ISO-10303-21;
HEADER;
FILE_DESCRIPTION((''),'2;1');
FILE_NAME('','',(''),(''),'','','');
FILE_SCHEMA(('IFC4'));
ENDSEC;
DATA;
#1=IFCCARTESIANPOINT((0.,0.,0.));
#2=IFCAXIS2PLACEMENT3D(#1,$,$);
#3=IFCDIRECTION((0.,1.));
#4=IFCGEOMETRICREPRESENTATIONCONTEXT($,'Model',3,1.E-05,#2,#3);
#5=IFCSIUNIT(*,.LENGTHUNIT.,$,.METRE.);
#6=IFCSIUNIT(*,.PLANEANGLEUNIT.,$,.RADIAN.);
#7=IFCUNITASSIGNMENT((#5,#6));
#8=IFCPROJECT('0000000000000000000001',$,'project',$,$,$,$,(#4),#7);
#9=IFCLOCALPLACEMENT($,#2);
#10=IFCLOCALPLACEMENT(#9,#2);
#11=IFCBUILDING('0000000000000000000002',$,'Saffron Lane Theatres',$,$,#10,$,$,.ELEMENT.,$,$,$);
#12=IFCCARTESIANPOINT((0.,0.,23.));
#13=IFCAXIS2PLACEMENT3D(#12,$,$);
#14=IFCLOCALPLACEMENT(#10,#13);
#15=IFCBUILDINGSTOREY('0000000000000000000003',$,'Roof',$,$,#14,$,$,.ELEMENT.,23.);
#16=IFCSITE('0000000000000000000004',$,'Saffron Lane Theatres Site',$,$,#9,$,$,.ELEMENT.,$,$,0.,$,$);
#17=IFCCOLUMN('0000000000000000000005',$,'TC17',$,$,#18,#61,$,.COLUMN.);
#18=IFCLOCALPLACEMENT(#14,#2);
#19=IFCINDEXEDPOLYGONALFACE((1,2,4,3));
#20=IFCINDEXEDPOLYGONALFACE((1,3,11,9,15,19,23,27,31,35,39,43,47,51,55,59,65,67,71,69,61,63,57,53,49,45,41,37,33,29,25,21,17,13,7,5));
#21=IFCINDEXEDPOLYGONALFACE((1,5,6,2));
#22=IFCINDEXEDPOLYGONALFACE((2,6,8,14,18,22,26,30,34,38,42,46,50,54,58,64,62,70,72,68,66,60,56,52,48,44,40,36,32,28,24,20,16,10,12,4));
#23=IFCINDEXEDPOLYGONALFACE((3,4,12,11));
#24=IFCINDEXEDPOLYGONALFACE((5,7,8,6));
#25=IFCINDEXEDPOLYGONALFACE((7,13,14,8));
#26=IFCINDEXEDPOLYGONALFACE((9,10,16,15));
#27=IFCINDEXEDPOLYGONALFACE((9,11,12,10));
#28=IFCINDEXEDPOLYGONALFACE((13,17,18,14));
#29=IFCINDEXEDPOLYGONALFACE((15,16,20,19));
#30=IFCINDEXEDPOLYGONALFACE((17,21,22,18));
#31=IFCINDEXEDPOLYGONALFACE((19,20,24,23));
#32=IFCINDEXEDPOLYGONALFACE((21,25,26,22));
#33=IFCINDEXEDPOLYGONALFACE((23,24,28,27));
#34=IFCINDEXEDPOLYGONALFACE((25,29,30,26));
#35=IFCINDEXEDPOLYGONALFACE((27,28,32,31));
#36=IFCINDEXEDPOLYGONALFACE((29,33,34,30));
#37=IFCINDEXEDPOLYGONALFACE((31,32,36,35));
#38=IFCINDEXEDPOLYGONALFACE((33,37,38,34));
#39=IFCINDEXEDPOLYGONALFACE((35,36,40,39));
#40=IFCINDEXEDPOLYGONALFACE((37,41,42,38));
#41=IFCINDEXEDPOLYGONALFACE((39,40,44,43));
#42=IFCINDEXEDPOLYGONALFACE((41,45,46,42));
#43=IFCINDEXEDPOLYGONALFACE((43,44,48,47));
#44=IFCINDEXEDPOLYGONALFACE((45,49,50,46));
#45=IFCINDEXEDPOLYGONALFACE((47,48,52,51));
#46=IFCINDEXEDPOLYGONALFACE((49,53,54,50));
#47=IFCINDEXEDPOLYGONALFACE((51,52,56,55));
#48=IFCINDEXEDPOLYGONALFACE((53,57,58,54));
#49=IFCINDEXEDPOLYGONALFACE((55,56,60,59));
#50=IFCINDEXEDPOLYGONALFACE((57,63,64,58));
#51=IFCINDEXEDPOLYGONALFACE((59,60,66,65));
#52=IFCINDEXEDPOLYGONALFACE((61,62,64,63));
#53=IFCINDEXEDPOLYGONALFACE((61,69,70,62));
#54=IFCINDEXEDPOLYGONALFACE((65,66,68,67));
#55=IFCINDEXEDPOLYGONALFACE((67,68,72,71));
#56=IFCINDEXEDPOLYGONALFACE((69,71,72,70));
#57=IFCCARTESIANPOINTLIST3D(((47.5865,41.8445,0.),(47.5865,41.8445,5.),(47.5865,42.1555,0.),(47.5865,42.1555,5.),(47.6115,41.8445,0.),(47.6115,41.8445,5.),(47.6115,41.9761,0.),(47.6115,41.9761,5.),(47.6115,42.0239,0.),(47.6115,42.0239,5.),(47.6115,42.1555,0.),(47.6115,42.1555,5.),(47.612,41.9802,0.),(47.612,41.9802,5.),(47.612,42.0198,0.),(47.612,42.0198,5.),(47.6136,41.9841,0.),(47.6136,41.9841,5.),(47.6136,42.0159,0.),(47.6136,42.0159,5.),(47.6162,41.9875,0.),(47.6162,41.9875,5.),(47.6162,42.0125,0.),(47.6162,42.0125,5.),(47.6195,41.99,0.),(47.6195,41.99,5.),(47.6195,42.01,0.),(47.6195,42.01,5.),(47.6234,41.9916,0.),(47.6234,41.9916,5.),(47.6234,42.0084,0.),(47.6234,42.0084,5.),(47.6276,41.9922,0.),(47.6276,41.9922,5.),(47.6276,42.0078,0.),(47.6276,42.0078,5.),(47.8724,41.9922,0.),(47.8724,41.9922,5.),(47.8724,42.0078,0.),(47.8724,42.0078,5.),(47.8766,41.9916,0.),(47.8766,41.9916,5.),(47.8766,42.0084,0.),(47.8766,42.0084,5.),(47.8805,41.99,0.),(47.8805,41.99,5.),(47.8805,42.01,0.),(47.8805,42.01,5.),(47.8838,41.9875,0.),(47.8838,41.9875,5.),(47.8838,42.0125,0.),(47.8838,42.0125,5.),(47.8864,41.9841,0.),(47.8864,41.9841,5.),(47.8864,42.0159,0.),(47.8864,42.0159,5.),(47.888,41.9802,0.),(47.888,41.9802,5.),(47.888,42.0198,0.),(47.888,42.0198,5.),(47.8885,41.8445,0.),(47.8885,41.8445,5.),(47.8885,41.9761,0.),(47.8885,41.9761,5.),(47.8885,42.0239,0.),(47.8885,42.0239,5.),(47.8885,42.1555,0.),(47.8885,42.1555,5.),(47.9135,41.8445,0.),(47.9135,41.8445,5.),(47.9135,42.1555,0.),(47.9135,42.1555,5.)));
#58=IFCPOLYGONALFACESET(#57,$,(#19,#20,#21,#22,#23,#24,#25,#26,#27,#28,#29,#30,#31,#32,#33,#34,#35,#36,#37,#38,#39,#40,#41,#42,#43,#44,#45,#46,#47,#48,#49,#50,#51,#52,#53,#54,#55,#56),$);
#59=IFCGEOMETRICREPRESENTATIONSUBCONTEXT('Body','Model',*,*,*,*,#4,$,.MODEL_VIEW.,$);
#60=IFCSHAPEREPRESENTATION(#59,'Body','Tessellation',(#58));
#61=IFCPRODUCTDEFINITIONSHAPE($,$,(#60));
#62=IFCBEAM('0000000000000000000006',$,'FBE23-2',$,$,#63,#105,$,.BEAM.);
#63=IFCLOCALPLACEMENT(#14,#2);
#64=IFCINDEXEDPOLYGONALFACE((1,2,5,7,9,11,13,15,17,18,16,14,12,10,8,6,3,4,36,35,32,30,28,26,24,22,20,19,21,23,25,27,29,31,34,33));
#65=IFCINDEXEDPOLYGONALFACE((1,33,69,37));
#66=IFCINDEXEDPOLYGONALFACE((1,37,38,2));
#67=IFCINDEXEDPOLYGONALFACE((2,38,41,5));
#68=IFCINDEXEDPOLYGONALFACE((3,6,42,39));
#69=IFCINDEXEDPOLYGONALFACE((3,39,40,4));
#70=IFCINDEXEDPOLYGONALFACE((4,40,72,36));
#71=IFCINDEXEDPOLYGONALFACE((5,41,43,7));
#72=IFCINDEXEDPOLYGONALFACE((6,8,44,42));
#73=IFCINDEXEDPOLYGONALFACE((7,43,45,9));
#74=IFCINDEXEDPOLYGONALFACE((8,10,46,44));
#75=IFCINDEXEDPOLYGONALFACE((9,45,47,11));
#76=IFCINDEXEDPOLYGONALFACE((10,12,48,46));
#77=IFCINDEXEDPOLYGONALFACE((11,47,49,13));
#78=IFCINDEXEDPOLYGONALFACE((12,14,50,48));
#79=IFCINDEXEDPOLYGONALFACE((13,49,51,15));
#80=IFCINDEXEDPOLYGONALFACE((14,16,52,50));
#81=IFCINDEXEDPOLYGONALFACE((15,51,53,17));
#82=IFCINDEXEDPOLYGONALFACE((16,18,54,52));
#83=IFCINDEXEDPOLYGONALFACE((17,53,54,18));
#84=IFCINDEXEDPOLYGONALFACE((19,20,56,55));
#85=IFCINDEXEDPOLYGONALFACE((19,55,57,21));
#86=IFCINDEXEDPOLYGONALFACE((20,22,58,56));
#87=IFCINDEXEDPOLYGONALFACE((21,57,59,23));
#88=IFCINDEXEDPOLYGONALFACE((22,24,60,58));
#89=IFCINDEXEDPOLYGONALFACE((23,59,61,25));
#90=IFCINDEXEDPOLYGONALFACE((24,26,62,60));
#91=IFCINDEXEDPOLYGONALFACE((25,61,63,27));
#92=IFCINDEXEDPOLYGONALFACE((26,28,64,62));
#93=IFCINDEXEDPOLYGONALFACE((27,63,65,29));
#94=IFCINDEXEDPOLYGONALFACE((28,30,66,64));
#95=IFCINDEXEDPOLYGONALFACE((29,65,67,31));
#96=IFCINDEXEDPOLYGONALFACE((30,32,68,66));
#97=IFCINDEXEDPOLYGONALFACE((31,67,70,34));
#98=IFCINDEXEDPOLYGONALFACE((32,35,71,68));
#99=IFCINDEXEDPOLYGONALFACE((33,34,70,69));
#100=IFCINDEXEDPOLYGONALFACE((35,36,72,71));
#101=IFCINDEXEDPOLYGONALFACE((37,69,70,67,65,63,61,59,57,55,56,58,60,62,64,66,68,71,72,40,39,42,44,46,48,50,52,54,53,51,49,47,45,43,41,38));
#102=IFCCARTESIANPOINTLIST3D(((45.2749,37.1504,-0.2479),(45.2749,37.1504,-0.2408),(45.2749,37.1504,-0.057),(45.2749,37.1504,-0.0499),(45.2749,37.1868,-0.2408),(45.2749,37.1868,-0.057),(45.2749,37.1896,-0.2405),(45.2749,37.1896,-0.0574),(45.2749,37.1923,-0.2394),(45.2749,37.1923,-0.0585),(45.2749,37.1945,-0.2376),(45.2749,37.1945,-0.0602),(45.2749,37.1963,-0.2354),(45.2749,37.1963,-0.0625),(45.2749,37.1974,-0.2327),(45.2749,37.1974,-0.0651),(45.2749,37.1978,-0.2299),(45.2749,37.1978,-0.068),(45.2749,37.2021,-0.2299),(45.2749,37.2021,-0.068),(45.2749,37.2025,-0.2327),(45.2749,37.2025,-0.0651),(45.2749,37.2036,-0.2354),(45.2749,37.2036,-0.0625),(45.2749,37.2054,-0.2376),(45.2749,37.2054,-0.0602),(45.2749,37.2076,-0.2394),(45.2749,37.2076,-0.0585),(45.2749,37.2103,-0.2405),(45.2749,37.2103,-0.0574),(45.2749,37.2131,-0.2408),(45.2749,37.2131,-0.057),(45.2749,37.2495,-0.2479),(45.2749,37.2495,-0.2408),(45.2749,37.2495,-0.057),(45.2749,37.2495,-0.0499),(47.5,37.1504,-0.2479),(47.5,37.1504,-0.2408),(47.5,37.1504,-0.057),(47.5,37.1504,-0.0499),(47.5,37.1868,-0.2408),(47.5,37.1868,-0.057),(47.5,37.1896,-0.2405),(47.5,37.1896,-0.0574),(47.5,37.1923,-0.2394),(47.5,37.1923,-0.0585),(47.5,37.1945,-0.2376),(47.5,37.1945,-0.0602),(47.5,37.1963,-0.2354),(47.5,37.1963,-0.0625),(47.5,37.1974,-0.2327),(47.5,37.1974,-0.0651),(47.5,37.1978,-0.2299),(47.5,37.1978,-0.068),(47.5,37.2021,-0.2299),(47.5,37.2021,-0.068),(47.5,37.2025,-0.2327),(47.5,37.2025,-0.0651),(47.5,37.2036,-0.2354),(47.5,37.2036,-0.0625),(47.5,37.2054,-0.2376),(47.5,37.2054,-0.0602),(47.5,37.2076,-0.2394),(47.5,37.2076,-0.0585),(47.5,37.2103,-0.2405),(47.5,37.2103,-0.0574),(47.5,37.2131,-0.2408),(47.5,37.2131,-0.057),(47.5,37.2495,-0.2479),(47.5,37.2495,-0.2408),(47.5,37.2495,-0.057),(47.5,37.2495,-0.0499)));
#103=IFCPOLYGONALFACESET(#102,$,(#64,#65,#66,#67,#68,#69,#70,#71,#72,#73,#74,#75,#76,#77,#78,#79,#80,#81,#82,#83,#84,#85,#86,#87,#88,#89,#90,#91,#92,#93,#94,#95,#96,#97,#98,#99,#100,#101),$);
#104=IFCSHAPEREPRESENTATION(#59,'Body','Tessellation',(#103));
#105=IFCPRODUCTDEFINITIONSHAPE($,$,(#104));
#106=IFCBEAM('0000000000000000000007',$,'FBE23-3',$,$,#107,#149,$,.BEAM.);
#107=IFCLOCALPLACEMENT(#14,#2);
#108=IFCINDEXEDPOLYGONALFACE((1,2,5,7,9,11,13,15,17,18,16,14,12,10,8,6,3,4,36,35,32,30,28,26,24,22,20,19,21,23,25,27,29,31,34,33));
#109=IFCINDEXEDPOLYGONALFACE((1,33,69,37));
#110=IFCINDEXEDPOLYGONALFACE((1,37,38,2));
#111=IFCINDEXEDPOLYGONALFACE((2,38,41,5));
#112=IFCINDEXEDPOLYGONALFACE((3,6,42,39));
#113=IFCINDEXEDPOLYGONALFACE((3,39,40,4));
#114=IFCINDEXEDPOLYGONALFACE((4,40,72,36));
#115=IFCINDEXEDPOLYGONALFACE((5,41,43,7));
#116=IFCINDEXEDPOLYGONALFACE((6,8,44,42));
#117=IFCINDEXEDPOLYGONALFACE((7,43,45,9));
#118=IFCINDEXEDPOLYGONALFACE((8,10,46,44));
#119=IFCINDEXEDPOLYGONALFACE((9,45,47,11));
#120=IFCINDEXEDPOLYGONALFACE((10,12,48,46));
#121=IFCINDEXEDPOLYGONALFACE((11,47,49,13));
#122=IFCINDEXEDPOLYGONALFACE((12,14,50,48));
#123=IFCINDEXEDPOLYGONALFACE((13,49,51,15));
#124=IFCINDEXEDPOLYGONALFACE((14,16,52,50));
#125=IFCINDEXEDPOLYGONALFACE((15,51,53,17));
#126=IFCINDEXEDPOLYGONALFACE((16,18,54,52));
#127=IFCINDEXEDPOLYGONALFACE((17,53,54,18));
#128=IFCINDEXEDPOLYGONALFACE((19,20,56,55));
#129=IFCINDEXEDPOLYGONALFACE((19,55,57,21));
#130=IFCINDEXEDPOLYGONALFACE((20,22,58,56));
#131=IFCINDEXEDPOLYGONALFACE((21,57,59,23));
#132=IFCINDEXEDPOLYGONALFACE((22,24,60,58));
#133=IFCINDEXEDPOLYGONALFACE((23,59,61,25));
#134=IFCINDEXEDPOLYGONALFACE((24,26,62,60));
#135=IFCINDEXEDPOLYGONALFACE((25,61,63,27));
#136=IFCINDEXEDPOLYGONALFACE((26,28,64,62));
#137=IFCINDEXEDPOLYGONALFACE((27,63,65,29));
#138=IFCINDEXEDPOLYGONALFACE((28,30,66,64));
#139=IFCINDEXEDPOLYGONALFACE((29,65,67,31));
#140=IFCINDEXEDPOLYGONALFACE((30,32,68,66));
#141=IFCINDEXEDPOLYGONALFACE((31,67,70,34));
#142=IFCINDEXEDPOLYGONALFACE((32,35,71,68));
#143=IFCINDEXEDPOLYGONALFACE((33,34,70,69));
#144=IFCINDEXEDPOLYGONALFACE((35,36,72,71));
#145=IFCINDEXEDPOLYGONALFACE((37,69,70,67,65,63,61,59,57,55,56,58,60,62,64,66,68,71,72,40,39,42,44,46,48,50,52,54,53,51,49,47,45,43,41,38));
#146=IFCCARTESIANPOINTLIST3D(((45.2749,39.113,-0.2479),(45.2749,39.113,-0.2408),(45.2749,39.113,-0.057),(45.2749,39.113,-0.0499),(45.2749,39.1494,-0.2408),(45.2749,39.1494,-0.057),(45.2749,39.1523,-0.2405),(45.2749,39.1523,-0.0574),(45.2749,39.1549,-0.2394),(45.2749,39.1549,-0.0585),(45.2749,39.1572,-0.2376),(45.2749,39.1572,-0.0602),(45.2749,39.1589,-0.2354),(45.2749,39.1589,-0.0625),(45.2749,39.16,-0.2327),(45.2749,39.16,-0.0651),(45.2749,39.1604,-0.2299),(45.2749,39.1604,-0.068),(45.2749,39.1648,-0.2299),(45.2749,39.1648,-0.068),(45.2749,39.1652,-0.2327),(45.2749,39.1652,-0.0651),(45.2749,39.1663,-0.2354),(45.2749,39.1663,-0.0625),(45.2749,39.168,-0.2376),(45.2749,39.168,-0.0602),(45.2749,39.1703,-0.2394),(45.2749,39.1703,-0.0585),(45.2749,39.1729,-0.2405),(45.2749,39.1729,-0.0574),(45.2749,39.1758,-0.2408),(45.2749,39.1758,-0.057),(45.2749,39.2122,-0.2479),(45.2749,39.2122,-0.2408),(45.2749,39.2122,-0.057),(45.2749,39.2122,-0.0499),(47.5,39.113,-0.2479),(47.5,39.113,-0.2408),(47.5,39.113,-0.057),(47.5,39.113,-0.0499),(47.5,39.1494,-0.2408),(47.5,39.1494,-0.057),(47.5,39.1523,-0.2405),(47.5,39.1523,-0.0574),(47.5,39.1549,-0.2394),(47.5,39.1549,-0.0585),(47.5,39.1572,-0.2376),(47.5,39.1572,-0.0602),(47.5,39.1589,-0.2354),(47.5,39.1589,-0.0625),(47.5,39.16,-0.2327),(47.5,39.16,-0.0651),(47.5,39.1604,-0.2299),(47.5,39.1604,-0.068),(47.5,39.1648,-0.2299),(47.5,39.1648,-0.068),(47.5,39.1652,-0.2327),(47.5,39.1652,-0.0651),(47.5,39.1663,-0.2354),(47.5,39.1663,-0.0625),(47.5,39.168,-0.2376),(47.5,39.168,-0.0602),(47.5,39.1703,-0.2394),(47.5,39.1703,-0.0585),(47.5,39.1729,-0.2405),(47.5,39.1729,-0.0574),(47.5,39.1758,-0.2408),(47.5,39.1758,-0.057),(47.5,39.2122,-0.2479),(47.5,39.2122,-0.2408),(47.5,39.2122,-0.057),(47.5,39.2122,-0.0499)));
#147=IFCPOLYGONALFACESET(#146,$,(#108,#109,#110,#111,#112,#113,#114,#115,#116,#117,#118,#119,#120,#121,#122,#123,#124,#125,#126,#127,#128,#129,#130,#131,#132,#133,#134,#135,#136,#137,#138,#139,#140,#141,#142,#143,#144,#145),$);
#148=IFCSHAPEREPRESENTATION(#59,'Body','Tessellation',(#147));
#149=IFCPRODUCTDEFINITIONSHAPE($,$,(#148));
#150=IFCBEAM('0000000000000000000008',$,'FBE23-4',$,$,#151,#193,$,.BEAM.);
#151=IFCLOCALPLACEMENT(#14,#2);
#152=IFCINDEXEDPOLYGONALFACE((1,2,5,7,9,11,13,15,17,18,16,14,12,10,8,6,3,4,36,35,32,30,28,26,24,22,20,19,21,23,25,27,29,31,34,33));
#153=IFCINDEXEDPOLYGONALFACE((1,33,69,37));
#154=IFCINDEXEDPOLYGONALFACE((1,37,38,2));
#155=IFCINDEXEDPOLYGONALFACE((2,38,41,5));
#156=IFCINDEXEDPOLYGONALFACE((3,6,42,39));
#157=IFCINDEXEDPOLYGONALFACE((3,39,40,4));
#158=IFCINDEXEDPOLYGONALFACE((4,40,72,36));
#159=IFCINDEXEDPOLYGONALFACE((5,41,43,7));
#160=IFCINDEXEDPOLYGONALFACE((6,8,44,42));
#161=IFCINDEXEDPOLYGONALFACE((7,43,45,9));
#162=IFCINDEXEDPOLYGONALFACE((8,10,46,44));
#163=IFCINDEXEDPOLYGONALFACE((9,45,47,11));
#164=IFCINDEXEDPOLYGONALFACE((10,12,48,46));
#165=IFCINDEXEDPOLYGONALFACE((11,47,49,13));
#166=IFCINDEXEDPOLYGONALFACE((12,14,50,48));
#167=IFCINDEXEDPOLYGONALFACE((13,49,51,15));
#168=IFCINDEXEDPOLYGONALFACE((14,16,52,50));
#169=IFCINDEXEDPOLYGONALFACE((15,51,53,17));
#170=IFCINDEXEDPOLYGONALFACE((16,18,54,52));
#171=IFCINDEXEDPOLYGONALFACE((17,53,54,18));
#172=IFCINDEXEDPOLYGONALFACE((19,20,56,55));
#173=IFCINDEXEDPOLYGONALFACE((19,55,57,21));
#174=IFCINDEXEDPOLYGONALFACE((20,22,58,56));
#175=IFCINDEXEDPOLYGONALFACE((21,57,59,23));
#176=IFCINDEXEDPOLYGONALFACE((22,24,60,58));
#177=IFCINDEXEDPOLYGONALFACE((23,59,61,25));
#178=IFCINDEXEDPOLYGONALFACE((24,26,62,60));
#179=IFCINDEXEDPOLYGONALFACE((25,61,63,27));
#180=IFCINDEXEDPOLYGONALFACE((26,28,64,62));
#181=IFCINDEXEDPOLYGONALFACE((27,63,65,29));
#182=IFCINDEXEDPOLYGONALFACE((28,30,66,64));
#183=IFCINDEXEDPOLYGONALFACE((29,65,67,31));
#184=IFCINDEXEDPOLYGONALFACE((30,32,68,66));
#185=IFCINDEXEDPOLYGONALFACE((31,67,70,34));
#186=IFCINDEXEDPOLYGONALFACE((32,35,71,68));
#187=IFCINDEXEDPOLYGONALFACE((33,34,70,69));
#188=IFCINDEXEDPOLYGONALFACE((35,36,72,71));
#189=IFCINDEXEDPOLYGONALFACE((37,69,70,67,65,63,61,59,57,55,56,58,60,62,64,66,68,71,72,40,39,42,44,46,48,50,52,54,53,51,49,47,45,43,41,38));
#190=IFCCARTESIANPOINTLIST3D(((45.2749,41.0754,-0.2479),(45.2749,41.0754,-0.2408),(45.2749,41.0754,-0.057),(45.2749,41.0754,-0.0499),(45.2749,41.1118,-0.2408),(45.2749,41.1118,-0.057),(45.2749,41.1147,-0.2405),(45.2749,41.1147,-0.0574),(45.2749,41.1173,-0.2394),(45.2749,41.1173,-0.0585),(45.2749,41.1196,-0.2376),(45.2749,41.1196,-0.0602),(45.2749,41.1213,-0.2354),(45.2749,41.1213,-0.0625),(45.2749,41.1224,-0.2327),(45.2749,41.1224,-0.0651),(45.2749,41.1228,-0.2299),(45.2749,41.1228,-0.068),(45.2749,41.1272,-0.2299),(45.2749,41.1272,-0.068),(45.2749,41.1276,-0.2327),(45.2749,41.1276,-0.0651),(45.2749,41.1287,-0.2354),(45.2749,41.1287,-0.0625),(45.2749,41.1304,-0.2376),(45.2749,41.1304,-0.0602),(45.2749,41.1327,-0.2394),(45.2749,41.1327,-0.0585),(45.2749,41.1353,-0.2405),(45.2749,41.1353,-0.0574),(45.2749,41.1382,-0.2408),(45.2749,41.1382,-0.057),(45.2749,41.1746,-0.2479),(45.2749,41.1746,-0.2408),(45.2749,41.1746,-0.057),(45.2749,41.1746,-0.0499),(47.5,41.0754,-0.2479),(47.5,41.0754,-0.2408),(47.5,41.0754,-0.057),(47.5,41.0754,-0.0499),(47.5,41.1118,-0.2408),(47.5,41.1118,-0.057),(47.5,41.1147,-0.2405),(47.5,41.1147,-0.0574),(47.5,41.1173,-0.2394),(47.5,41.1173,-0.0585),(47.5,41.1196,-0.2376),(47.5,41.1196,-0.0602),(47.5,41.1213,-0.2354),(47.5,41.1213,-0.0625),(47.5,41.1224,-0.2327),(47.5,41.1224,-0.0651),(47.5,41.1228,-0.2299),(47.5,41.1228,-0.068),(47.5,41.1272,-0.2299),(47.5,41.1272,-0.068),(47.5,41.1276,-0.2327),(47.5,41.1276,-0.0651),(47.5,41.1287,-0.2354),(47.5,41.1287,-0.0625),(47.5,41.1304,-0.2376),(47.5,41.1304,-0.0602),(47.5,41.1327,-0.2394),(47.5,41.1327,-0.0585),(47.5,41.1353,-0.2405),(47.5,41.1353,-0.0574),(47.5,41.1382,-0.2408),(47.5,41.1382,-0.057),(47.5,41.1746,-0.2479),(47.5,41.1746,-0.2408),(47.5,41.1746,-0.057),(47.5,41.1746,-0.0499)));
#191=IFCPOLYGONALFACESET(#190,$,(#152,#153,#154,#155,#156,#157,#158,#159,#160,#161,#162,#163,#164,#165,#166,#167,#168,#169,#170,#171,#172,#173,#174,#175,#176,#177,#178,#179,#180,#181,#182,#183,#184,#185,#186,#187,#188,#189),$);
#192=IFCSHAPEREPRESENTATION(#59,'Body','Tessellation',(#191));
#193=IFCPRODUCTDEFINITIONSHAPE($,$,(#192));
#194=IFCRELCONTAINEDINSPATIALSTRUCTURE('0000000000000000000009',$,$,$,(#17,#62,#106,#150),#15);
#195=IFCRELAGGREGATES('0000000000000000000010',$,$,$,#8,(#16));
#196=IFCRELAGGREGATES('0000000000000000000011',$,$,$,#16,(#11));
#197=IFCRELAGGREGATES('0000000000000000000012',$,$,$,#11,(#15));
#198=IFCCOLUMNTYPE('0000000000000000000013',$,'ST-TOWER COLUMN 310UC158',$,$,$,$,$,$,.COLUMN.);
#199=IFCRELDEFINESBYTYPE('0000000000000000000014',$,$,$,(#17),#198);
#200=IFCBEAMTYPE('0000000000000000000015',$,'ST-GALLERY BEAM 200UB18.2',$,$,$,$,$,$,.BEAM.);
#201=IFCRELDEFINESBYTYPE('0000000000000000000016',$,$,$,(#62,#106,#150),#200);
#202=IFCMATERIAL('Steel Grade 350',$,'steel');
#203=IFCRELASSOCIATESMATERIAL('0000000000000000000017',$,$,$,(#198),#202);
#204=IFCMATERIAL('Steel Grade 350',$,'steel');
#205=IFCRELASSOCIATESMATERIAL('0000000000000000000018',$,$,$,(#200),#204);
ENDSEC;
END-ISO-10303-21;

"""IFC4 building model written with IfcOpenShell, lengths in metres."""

from ifc_helpers import new_model, si_unit, direction, frame, origin, origin_2d, place, context, subcontext, project, spatial, i_section, extrude, material, material_profile, profile_set, type_object, element, save


model = new_model("IFC4")

# Units and contexts
model_context = context("Model", 3, precision=1e-05, world=origin(), true_north=direction((0.0, 1.0)))
body_context = subcontext(model_context, "Body", "Model", "MODEL_VIEW")
ifc_project = project(units=[si_unit("LENGTHUNIT", "METRE"), si_unit("PLANEANGLEUNIT", "RADIAN")], contexts=[model_context])

# Site, building, storey
site_placement = place(None, origin())
site = spatial("IfcSite", under=ifc_project, at=site_placement, Name="Saffron Lane Theatres Site", CompositionType="ELEMENT", RefElevation=0.0)
building_placement = place(site_placement, origin())
building = spatial("IfcBuilding", under=site, at=building_placement, Name="Saffron Lane Theatres", CompositionType="ELEMENT")
storey_placement = place(building_placement, frame((0.0, 0.0, 23.0)))
storey = spatial("IfcBuildingStorey", under=building, at=storey_placement, Name="Roof", CompositionType="ELEMENT", Elevation=23.0)

# Column
ifc_material_1 = material(Name="Steel Grade 350", Category="steel")
ifc_material_profile_1 = material_profile(ifc_material_1, i_section(OverallWidth=0.311, OverallDepth=0.3269, WebThickness=0.0156, FlangeThickness=0.0249, FilletRadius=0.0161, at=origin_2d()))
ifc_profile_set_1 = profile_set([ifc_material_profile_1], Name="Steel Grade 350")
column_type = type_object("IfcColumnType", Name="ST-TOWER COLUMN 310UC158", PredefinedType="COLUMN", material=ifc_profile_set_1)
column_placement = place(storey_placement, frame((47.75, 42.0, 0.0), z_axis=(0.0, 0.0, 1.0), x_axis=(0.0, 1.0, 0.0)))
element("IfcColumn", 1, at=column_placement, inside=storey, type_object=column_type, Name="TC17", PredefinedType="COLUMN", context=body_context, shape_type="SweptSolid", body=[
    extrude(i_section(OverallWidth=0.311, OverallDepth=0.3269, WebThickness=0.0156, FlangeThickness=0.0249, FilletRadius=0.0161, at=origin_2d()), origin(), (0.0, 0.0, 1.0), 5.0),
])

# Beams
ifc_material_2 = material(Name="Steel Grade 350", Category="steel")
ifc_material_profile_2 = material_profile(ifc_material_2, i_section(OverallWidth=0.0991, OverallDepth=0.198, WebThickness=0.0044, FlangeThickness=0.0071, FilletRadius=0.011, at=origin_2d()))
ifc_profile_set_2 = profile_set([ifc_material_profile_2], Name="Steel Grade 350")
beam_type_1 = type_object("IfcBeamType", Name="ST-GALLERY BEAM 200UB18.2", PredefinedType="BEAM", material=ifc_profile_set_2)
for number, where, z_axis, x_axis, name in (
    (2, (45.2749, 37.2, -0.1489), (1.0, 0.0, 0.0), (0.0, 1.0, 0.0), "FBE23-2"),
    (3, (45.2749, 39.1626, -0.1489), (1.0, 0.0, 0.0), (0.0, 1.0, 0.0), "FBE23-3"),
    (4, (45.2749, 41.125, -0.1489), (1.0, 0.0, 0.0), (0.0, 1.0, 0.0), "FBE23-4"),
):
    element("IfcBeam", number, at=place(storey_placement, frame(where, z_axis=z_axis, x_axis=x_axis)), inside=storey, type_object=beam_type_1, Name=name, PredefinedType="BEAM", context=body_context, shape_type="SweptSolid", body=[
        extrude(i_section(OverallWidth=0.0991, OverallDepth=0.198, WebThickness=0.0044, FlangeThickness=0.0071, FilletRadius=0.011, at=origin_2d()), origin(), (0.0, 0.0, 1.0), 2.2251),
    ])

save(model, "model.ifc")
